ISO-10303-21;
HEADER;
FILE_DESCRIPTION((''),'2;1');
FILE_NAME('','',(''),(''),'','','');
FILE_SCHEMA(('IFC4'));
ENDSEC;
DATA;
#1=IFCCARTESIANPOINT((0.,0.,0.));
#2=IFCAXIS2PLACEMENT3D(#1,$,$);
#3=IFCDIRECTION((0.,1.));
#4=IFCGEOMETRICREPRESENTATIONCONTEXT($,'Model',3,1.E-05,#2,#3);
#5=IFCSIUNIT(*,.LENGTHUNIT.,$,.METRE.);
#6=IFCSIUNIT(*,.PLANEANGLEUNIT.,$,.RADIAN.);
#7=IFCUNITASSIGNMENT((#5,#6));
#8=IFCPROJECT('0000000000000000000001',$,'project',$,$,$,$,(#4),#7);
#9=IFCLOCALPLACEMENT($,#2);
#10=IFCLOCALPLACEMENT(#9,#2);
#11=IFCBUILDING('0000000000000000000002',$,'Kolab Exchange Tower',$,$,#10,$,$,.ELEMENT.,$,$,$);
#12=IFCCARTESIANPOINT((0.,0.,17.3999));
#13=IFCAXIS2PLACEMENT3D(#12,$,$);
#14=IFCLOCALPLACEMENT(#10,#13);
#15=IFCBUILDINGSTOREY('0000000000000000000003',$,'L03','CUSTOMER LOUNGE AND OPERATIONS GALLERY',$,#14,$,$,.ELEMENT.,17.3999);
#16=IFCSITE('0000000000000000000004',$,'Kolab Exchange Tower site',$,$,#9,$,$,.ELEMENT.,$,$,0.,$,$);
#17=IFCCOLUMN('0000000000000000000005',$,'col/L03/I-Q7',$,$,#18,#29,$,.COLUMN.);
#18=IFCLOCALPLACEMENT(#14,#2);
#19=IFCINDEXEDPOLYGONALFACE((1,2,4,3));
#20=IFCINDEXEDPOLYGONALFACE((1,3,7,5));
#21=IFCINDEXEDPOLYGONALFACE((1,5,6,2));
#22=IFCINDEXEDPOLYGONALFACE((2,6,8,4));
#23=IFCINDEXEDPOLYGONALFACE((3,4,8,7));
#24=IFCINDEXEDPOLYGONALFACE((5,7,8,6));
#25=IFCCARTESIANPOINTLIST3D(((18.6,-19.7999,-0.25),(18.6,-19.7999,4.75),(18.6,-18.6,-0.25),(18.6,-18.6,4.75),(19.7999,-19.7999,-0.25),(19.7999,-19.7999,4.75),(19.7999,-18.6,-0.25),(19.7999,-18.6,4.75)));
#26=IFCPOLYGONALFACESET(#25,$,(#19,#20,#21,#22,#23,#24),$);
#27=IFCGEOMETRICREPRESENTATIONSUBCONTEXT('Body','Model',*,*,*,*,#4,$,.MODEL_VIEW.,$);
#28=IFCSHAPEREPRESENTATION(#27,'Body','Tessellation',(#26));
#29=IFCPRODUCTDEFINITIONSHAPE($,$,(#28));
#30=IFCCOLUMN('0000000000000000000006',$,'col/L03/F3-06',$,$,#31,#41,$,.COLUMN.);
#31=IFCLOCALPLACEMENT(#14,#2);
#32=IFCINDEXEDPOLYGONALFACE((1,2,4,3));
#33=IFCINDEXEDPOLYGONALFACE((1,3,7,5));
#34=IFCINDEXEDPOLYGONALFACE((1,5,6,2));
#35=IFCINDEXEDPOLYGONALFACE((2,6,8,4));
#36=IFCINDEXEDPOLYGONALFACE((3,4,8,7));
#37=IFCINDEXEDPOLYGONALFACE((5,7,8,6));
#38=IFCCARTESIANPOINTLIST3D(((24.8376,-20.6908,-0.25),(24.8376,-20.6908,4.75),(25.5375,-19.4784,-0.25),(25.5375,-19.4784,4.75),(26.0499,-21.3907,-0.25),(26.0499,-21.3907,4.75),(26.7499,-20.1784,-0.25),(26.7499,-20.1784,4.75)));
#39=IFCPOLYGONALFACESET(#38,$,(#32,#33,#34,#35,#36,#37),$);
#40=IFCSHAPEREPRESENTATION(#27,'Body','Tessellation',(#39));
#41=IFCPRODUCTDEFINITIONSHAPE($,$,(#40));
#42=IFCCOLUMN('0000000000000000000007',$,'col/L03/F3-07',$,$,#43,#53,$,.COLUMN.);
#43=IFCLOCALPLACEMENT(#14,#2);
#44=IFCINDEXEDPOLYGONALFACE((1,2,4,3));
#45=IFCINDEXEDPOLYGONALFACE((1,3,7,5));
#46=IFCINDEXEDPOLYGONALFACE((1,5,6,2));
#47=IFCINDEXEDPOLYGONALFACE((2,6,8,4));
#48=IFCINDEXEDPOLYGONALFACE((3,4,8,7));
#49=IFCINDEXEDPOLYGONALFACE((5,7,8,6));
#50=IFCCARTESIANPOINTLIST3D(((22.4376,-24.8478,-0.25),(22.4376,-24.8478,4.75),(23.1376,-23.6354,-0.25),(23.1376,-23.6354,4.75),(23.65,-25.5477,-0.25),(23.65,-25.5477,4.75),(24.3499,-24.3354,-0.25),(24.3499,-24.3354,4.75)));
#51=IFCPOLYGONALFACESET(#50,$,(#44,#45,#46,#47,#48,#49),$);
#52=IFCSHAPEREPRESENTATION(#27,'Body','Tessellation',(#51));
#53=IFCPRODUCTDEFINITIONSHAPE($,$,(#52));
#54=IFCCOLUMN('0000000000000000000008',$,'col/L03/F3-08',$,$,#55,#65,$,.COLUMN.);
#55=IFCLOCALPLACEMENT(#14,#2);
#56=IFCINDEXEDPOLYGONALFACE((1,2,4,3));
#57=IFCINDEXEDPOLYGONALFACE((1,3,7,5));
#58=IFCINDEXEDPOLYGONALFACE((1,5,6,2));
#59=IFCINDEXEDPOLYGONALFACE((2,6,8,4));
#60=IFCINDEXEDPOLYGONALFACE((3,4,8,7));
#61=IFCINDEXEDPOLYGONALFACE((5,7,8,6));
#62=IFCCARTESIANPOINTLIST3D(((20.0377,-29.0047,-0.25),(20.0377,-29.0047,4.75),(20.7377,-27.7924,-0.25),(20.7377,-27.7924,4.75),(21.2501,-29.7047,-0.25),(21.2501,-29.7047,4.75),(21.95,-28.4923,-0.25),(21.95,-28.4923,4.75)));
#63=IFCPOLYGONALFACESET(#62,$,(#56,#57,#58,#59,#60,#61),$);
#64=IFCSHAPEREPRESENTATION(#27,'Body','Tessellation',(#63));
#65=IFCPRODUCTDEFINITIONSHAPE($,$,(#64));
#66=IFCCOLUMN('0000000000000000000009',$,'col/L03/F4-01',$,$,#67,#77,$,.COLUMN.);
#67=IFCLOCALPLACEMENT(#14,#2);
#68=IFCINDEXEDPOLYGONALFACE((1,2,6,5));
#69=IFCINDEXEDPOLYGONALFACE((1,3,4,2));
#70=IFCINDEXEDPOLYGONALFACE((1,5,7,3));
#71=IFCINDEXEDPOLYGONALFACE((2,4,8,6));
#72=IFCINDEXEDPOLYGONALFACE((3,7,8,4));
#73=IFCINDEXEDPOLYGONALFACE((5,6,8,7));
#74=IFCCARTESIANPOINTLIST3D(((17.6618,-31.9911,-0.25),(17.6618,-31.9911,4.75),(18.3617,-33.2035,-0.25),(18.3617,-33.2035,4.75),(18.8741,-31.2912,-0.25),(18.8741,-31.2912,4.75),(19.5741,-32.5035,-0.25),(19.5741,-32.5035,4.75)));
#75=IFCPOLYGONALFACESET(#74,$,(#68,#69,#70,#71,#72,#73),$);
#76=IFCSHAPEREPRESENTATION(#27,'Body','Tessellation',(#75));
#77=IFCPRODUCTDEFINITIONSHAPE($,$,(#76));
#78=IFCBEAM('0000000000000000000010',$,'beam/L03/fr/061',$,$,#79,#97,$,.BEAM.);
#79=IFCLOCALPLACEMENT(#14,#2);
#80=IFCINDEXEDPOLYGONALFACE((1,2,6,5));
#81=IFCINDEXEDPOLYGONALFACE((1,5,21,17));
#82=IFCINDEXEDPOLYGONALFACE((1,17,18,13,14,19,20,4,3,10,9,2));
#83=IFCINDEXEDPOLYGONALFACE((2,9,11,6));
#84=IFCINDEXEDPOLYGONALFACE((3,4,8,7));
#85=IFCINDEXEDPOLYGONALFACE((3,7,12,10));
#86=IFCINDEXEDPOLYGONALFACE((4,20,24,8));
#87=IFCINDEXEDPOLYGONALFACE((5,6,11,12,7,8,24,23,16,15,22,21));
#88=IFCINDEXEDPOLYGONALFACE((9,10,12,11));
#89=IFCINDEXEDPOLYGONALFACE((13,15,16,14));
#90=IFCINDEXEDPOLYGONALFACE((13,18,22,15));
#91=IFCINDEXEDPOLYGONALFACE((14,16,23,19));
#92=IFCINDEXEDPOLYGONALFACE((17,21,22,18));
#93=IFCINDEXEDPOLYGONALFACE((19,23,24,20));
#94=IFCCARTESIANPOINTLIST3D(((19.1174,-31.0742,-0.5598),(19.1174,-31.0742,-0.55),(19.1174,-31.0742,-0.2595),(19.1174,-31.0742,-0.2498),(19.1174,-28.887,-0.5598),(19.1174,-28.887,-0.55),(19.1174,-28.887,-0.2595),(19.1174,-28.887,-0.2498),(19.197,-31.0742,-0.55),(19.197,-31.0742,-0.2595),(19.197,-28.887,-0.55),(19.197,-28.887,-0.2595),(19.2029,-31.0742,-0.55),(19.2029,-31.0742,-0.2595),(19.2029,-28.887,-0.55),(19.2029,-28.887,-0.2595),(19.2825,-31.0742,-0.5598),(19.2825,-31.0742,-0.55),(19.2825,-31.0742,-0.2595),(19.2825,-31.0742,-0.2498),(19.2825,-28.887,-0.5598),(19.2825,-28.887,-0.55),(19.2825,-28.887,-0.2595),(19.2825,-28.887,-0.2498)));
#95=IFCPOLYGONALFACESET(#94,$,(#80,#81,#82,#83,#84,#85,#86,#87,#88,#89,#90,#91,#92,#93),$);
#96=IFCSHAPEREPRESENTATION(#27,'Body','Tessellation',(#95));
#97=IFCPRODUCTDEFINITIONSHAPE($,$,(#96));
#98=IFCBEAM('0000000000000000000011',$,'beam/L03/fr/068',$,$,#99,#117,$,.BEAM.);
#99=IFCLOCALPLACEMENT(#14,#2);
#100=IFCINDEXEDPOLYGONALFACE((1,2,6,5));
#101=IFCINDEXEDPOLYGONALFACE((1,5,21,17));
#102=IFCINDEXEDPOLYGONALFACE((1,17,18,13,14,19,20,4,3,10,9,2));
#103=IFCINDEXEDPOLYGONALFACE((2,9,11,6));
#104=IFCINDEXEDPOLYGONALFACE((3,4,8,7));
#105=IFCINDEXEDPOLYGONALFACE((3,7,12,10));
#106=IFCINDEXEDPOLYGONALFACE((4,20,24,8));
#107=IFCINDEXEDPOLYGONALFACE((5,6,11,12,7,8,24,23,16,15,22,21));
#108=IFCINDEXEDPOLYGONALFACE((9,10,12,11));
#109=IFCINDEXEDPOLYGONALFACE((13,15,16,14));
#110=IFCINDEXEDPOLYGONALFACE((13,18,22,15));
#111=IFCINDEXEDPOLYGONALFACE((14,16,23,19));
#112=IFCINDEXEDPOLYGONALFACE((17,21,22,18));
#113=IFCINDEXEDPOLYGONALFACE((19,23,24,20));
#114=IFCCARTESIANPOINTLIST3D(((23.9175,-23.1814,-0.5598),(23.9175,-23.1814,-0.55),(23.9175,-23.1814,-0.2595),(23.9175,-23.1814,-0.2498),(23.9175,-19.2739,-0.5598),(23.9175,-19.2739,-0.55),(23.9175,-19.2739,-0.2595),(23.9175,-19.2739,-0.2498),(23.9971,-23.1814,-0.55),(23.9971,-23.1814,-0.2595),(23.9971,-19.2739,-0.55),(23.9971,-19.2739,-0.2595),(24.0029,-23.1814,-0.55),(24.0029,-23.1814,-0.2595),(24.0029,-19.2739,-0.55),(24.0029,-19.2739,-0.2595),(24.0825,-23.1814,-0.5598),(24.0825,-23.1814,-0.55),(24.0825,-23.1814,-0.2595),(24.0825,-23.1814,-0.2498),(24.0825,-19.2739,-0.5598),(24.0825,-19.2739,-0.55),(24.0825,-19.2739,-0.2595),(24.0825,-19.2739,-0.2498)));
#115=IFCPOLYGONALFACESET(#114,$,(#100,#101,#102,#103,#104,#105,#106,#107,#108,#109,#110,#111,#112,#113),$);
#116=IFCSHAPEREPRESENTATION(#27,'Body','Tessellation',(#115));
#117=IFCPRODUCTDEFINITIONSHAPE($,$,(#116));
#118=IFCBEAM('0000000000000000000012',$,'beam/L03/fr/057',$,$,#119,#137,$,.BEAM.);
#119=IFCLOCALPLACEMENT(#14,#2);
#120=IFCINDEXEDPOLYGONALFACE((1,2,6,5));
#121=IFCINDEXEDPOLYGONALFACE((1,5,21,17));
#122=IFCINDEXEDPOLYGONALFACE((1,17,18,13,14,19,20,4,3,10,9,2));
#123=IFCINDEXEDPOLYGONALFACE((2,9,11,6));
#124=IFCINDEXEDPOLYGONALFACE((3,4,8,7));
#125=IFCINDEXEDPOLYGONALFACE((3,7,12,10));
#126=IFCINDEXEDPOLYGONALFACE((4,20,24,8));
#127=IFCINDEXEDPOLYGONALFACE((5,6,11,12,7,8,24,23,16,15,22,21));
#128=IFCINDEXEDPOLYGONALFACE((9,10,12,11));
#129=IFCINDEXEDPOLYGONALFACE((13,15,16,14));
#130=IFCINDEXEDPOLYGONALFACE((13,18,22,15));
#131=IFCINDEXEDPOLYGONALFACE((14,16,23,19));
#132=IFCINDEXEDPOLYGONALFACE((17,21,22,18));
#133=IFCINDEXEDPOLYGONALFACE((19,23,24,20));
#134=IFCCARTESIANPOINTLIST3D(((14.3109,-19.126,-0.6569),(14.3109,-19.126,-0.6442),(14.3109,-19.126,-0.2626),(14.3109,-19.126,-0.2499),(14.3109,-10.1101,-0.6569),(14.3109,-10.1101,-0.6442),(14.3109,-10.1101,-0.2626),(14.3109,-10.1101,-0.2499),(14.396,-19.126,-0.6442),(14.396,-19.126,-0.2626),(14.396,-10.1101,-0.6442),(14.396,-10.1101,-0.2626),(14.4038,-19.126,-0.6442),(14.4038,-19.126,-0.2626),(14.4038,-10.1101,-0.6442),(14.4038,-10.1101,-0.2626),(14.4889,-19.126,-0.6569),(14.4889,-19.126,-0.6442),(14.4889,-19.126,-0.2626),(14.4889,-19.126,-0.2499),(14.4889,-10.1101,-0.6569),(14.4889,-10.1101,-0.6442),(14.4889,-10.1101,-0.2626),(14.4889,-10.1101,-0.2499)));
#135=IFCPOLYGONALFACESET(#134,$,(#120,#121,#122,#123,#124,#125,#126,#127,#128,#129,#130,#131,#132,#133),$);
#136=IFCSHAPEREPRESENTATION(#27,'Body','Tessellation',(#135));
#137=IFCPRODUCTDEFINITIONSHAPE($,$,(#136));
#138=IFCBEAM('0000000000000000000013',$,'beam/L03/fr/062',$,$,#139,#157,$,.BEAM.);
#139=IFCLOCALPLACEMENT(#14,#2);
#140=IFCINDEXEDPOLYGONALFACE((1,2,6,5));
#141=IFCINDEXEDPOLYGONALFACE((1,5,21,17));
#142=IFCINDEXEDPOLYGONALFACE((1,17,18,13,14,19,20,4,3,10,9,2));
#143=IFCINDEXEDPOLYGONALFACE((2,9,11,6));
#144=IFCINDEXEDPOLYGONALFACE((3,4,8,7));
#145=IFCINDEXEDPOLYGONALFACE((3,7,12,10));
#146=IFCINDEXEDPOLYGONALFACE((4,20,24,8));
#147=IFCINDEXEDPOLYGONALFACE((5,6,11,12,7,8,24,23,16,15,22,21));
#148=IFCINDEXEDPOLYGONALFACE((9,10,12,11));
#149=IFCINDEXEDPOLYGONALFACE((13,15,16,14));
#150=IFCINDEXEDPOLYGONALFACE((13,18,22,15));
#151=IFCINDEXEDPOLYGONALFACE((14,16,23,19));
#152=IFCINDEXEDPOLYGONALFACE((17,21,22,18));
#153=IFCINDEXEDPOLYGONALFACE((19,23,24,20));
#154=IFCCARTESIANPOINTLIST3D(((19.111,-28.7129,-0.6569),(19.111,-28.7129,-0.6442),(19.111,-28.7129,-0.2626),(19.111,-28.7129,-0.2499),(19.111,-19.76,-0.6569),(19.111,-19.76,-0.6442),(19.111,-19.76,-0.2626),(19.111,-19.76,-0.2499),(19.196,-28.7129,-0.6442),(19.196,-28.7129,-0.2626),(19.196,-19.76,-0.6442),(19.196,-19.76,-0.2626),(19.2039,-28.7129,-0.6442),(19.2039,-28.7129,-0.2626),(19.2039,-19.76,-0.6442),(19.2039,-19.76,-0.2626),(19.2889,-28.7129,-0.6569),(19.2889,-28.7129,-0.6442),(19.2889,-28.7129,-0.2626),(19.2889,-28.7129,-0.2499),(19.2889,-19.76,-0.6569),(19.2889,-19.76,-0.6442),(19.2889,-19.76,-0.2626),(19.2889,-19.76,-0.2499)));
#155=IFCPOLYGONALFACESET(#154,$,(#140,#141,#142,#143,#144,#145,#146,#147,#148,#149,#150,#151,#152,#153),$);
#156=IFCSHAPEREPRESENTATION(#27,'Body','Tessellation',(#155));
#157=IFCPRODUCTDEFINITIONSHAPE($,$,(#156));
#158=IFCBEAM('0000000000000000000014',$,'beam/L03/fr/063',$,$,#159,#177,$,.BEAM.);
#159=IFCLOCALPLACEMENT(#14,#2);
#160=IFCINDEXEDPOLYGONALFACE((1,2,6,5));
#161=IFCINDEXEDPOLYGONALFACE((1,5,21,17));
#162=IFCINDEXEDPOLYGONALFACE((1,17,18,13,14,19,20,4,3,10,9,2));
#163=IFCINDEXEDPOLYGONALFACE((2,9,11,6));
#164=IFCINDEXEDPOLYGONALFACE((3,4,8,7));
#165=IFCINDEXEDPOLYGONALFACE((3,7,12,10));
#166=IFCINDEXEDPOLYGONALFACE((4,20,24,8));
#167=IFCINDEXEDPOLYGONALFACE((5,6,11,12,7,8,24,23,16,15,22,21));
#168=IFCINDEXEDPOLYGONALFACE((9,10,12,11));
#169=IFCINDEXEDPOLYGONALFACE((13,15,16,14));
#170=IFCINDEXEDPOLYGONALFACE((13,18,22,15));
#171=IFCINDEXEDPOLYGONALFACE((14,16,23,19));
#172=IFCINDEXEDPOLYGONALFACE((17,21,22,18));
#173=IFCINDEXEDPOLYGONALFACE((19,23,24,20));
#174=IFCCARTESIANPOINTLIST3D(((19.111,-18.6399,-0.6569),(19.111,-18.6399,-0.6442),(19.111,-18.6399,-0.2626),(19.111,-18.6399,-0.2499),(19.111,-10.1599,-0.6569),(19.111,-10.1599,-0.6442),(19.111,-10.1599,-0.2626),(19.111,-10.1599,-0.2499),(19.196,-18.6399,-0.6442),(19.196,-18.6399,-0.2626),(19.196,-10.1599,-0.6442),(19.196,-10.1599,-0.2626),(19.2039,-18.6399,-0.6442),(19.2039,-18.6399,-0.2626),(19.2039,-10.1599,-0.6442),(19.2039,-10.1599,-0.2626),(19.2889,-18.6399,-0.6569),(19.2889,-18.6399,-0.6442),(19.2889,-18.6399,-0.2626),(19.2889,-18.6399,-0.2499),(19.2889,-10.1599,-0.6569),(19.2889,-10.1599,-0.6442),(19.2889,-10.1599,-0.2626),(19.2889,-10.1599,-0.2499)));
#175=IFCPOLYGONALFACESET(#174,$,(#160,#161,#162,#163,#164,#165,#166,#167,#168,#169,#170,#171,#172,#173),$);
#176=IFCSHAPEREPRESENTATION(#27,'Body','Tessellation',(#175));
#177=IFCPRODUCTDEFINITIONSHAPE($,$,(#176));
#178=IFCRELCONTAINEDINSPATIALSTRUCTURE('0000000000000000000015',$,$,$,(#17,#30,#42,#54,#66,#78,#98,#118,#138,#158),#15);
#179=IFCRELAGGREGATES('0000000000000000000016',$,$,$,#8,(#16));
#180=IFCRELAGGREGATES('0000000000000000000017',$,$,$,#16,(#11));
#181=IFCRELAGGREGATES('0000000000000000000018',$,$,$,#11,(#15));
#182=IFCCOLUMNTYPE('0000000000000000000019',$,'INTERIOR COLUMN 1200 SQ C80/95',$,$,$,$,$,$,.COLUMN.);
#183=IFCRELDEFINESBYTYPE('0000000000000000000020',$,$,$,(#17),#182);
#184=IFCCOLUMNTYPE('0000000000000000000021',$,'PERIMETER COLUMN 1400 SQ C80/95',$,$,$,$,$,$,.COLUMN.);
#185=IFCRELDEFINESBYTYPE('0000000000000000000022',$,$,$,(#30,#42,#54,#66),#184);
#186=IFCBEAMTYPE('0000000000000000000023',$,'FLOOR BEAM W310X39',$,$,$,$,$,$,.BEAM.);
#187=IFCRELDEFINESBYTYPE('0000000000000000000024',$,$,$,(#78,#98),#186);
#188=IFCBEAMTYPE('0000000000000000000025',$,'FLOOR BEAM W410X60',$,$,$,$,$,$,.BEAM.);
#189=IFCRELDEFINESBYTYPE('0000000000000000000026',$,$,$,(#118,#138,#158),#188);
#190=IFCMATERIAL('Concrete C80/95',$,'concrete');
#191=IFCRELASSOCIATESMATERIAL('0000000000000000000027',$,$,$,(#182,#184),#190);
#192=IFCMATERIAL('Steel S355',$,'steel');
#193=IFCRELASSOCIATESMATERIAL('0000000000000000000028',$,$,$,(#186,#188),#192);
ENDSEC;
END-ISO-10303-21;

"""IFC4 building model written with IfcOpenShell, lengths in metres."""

from ifc_helpers import new_model, si_unit, direction, frame, origin, origin_2d, place, context, subcontext, project, spatial, rectangle, i_section, extrude, material, material_profile, profile_set, type_object, element, save


model = new_model("IFC4")

# Units and contexts
model_context = context("Model", 3, precision=1e-05, world=origin(), true_north=direction((0.0, 1.0)))
body_context = subcontext(model_context, "Body", "Model", "MODEL_VIEW")
ifc_project = project(units=[si_unit("LENGTHUNIT", "METRE"), si_unit("PLANEANGLEUNIT", "RADIAN")], contexts=[model_context])

# Site, building, storey
site_placement = place(None, origin())
site = spatial("IfcSite", under=ifc_project, at=site_placement, Name="Kolab Exchange Tower site", CompositionType="ELEMENT", RefElevation=0.0)
building_placement = place(site_placement, origin())
building = spatial("IfcBuilding", under=site, at=building_placement, Name="Kolab Exchange Tower", CompositionType="ELEMENT")
storey_placement = place(building_placement, frame((0.0, 0.0, 17.3999)))
storey = spatial("IfcBuildingStorey", under=building, at=storey_placement, Name="L03", Description="CUSTOMER LOUNGE AND OPERATIONS GALLERY", CompositionType="ELEMENT", Elevation=17.3999)

# Columns
ifc_material_1 = material(Name="Concrete C80/95", Category="concrete")
ifc_material_profile_1 = material_profile(ifc_material_1, rectangle(XDim=1.2, YDim=1.2, at=origin_2d()), Name="RC1200")
ifc_profile_set_1 = profile_set([ifc_material_profile_1], Name="Concrete C80/95")
column_type_1 = type_object("IfcColumnType", Name="INTERIOR COLUMN 1200 SQ C80/95", PredefinedType="COLUMN", material=ifc_profile_set_1)
column_placement = place(storey_placement, frame((19.2, -19.2, -0.25), z_axis=(0.0, 0.0, 1.0), x_axis=(1.0, 0.0, 0.0)))
element("IfcColumn", 1, at=column_placement, inside=storey, type_object=column_type_1, Name="col/L03/I-Q7", PredefinedType="COLUMN", context=body_context, shape_type="SweptSolid", body=[
    extrude(rectangle(XDim=1.2, YDim=1.2, at=origin_2d()), origin(), (0.0, 0.0, 1.0), 5.0),
])
ifc_material_profile_2 = material_profile(ifc_material_1, rectangle(XDim=1.3999, YDim=1.3999, at=origin_2d()), Name="RC1400")
ifc_profile_set_2 = profile_set([ifc_material_profile_2], Name="Concrete C80/95")
column_type_2 = type_object("IfcColumnType", Name="PERIMETER COLUMN 1400 SQ C80/95", PredefinedType="COLUMN", material=ifc_profile_set_2)
for number, where, z_axis, x_axis, name in (
    (2, (25.7937, -20.4346, -0.25), (0.0, 0.0, 1.0), (0.5, 0.866025, 0.0), "col/L03/F3-06"),
    (3, (23.3938, -24.5916, -0.25), (0.0, 0.0, 1.0), (0.5, 0.866025, 0.0), "col/L03/F3-07"),
    (4, (20.9939, -28.7485, -0.25), (0.0, 0.0, 1.0), (0.5, 0.866025, 0.0), "col/L03/F3-08"),
    (5, (18.6179, -32.2473, -0.25), (0.0, 0.0, 1.0), (0.866025, 0.5, 0.0), "col/L03/F4-01"),
):
    element("IfcColumn", number, at=place(storey_placement, frame(where, z_axis=z_axis, x_axis=x_axis)), inside=storey, type_object=column_type_2, Name=name, PredefinedType="COLUMN", context=body_context, shape_type="SweptSolid", body=[
        extrude(rectangle(XDim=1.3999, YDim=1.3999, at=origin_2d()), origin(), (0.0, 0.0, 1.0), 5.0),
    ])

# Beams
ifc_material_2 = material(Name="Steel S355", Category="steel")
ifc_material_profile_3 = material_profile(ifc_material_2, i_section(OverallWidth=0.165, OverallDepth=0.3101, WebThickness=0.0059, FlangeThickness=0.0098, at=origin_2d()), Name="W310X39")
ifc_profile_set_3 = profile_set([ifc_material_profile_3], Name="Steel S355")
beam_type_1 = type_object("IfcBeamType", Name="FLOOR BEAM W310X39", PredefinedType="BEAM", material=ifc_profile_set_3)
beam_1_placement = place(storey_placement, frame((19.2, -31.0742, -0.4048), z_axis=(0.0, 1.0, 0.0), x_axis=(-1.0, 0.0, 0.0)))
element("IfcBeam", 6, at=beam_1_placement, inside=storey, type_object=beam_type_1, Name="beam/L03/fr/061", PredefinedType="BEAM", context=body_context, shape_type="SweptSolid", body=[
    extrude(i_section(OverallWidth=0.165, OverallDepth=0.3101, WebThickness=0.0059, FlangeThickness=0.0098, at=origin_2d()), origin(), (0.0, 0.0, 1.0), 2.1873),
])
beam_2_placement = place(storey_placement, frame((24.0, -23.1814, -0.4048), z_axis=(0.0, 1.0, 0.0), x_axis=(-1.0, 0.0, 0.0)))
element("IfcBeam", 7, at=beam_2_placement, inside=storey, type_object=beam_type_1, Name="beam/L03/fr/068", PredefinedType="BEAM", context=body_context, shape_type="SweptSolid", body=[
    extrude(i_section(OverallWidth=0.165, OverallDepth=0.3101, WebThickness=0.0059, FlangeThickness=0.0098, at=origin_2d()), origin(), (0.0, 0.0, 1.0), 3.9075),
])
ifc_material_profile_4 = material_profile(ifc_material_2, i_section(OverallWidth=0.178, OverallDepth=0.407, WebThickness=0.0078, FlangeThickness=0.0127, at=origin_2d()), Name="W410X60")
ifc_profile_set_4 = profile_set([ifc_material_profile_4], Name="Steel S355")
beam_type_2 = type_object("IfcBeamType", Name="FLOOR BEAM W410X60", PredefinedType="BEAM", material=ifc_profile_set_4)
beam_3_placement = place(storey_placement, frame((14.3999, -19.126, -0.4534), z_axis=(0.0, 1.0, 0.0), x_axis=(-1.0, 0.0, 0.0)))
element("IfcBeam", 8, at=beam_3_placement, inside=storey, type_object=beam_type_2, Name="beam/L03/fr/057", PredefinedType="BEAM", context=body_context, shape_type="SweptSolid", body=[
    extrude(i_section(OverallWidth=0.178, OverallDepth=0.407, WebThickness=0.0078, FlangeThickness=0.0127, at=origin_2d()), origin(), (0.0, 0.0, 1.0), 9.0159),
])
beam_4_placement = place(storey_placement, frame((19.2, -28.7129, -0.4534), z_axis=(0.0, 1.0, 0.0), x_axis=(-1.0, 0.0, 0.0)))
element("IfcBeam", 9, at=beam_4_placement, inside=storey, type_object=beam_type_2, Name="beam/L03/fr/062", PredefinedType="BEAM", context=body_context, shape_type="SweptSolid", body=[
    extrude(i_section(OverallWidth=0.178, OverallDepth=0.407, WebThickness=0.0078, FlangeThickness=0.0127, at=origin_2d()), origin(), (0.0, 0.0, 1.0), 8.9529),
])
beam_5_placement = place(storey_placement, frame((19.2, -18.6399, -0.4534), z_axis=(0.0, 1.0, 0.0), x_axis=(-1.0, 0.0, 0.0)))
element("IfcBeam", 10, at=beam_5_placement, inside=storey, type_object=beam_type_2, Name="beam/L03/fr/063", PredefinedType="BEAM", context=body_context, shape_type="SweptSolid", body=[
    extrude(i_section(OverallWidth=0.178, OverallDepth=0.407, WebThickness=0.0078, FlangeThickness=0.0127, at=origin_2d()), origin(), (0.0, 0.0, 1.0), 8.48),
])

save(model, "model.ifc")
